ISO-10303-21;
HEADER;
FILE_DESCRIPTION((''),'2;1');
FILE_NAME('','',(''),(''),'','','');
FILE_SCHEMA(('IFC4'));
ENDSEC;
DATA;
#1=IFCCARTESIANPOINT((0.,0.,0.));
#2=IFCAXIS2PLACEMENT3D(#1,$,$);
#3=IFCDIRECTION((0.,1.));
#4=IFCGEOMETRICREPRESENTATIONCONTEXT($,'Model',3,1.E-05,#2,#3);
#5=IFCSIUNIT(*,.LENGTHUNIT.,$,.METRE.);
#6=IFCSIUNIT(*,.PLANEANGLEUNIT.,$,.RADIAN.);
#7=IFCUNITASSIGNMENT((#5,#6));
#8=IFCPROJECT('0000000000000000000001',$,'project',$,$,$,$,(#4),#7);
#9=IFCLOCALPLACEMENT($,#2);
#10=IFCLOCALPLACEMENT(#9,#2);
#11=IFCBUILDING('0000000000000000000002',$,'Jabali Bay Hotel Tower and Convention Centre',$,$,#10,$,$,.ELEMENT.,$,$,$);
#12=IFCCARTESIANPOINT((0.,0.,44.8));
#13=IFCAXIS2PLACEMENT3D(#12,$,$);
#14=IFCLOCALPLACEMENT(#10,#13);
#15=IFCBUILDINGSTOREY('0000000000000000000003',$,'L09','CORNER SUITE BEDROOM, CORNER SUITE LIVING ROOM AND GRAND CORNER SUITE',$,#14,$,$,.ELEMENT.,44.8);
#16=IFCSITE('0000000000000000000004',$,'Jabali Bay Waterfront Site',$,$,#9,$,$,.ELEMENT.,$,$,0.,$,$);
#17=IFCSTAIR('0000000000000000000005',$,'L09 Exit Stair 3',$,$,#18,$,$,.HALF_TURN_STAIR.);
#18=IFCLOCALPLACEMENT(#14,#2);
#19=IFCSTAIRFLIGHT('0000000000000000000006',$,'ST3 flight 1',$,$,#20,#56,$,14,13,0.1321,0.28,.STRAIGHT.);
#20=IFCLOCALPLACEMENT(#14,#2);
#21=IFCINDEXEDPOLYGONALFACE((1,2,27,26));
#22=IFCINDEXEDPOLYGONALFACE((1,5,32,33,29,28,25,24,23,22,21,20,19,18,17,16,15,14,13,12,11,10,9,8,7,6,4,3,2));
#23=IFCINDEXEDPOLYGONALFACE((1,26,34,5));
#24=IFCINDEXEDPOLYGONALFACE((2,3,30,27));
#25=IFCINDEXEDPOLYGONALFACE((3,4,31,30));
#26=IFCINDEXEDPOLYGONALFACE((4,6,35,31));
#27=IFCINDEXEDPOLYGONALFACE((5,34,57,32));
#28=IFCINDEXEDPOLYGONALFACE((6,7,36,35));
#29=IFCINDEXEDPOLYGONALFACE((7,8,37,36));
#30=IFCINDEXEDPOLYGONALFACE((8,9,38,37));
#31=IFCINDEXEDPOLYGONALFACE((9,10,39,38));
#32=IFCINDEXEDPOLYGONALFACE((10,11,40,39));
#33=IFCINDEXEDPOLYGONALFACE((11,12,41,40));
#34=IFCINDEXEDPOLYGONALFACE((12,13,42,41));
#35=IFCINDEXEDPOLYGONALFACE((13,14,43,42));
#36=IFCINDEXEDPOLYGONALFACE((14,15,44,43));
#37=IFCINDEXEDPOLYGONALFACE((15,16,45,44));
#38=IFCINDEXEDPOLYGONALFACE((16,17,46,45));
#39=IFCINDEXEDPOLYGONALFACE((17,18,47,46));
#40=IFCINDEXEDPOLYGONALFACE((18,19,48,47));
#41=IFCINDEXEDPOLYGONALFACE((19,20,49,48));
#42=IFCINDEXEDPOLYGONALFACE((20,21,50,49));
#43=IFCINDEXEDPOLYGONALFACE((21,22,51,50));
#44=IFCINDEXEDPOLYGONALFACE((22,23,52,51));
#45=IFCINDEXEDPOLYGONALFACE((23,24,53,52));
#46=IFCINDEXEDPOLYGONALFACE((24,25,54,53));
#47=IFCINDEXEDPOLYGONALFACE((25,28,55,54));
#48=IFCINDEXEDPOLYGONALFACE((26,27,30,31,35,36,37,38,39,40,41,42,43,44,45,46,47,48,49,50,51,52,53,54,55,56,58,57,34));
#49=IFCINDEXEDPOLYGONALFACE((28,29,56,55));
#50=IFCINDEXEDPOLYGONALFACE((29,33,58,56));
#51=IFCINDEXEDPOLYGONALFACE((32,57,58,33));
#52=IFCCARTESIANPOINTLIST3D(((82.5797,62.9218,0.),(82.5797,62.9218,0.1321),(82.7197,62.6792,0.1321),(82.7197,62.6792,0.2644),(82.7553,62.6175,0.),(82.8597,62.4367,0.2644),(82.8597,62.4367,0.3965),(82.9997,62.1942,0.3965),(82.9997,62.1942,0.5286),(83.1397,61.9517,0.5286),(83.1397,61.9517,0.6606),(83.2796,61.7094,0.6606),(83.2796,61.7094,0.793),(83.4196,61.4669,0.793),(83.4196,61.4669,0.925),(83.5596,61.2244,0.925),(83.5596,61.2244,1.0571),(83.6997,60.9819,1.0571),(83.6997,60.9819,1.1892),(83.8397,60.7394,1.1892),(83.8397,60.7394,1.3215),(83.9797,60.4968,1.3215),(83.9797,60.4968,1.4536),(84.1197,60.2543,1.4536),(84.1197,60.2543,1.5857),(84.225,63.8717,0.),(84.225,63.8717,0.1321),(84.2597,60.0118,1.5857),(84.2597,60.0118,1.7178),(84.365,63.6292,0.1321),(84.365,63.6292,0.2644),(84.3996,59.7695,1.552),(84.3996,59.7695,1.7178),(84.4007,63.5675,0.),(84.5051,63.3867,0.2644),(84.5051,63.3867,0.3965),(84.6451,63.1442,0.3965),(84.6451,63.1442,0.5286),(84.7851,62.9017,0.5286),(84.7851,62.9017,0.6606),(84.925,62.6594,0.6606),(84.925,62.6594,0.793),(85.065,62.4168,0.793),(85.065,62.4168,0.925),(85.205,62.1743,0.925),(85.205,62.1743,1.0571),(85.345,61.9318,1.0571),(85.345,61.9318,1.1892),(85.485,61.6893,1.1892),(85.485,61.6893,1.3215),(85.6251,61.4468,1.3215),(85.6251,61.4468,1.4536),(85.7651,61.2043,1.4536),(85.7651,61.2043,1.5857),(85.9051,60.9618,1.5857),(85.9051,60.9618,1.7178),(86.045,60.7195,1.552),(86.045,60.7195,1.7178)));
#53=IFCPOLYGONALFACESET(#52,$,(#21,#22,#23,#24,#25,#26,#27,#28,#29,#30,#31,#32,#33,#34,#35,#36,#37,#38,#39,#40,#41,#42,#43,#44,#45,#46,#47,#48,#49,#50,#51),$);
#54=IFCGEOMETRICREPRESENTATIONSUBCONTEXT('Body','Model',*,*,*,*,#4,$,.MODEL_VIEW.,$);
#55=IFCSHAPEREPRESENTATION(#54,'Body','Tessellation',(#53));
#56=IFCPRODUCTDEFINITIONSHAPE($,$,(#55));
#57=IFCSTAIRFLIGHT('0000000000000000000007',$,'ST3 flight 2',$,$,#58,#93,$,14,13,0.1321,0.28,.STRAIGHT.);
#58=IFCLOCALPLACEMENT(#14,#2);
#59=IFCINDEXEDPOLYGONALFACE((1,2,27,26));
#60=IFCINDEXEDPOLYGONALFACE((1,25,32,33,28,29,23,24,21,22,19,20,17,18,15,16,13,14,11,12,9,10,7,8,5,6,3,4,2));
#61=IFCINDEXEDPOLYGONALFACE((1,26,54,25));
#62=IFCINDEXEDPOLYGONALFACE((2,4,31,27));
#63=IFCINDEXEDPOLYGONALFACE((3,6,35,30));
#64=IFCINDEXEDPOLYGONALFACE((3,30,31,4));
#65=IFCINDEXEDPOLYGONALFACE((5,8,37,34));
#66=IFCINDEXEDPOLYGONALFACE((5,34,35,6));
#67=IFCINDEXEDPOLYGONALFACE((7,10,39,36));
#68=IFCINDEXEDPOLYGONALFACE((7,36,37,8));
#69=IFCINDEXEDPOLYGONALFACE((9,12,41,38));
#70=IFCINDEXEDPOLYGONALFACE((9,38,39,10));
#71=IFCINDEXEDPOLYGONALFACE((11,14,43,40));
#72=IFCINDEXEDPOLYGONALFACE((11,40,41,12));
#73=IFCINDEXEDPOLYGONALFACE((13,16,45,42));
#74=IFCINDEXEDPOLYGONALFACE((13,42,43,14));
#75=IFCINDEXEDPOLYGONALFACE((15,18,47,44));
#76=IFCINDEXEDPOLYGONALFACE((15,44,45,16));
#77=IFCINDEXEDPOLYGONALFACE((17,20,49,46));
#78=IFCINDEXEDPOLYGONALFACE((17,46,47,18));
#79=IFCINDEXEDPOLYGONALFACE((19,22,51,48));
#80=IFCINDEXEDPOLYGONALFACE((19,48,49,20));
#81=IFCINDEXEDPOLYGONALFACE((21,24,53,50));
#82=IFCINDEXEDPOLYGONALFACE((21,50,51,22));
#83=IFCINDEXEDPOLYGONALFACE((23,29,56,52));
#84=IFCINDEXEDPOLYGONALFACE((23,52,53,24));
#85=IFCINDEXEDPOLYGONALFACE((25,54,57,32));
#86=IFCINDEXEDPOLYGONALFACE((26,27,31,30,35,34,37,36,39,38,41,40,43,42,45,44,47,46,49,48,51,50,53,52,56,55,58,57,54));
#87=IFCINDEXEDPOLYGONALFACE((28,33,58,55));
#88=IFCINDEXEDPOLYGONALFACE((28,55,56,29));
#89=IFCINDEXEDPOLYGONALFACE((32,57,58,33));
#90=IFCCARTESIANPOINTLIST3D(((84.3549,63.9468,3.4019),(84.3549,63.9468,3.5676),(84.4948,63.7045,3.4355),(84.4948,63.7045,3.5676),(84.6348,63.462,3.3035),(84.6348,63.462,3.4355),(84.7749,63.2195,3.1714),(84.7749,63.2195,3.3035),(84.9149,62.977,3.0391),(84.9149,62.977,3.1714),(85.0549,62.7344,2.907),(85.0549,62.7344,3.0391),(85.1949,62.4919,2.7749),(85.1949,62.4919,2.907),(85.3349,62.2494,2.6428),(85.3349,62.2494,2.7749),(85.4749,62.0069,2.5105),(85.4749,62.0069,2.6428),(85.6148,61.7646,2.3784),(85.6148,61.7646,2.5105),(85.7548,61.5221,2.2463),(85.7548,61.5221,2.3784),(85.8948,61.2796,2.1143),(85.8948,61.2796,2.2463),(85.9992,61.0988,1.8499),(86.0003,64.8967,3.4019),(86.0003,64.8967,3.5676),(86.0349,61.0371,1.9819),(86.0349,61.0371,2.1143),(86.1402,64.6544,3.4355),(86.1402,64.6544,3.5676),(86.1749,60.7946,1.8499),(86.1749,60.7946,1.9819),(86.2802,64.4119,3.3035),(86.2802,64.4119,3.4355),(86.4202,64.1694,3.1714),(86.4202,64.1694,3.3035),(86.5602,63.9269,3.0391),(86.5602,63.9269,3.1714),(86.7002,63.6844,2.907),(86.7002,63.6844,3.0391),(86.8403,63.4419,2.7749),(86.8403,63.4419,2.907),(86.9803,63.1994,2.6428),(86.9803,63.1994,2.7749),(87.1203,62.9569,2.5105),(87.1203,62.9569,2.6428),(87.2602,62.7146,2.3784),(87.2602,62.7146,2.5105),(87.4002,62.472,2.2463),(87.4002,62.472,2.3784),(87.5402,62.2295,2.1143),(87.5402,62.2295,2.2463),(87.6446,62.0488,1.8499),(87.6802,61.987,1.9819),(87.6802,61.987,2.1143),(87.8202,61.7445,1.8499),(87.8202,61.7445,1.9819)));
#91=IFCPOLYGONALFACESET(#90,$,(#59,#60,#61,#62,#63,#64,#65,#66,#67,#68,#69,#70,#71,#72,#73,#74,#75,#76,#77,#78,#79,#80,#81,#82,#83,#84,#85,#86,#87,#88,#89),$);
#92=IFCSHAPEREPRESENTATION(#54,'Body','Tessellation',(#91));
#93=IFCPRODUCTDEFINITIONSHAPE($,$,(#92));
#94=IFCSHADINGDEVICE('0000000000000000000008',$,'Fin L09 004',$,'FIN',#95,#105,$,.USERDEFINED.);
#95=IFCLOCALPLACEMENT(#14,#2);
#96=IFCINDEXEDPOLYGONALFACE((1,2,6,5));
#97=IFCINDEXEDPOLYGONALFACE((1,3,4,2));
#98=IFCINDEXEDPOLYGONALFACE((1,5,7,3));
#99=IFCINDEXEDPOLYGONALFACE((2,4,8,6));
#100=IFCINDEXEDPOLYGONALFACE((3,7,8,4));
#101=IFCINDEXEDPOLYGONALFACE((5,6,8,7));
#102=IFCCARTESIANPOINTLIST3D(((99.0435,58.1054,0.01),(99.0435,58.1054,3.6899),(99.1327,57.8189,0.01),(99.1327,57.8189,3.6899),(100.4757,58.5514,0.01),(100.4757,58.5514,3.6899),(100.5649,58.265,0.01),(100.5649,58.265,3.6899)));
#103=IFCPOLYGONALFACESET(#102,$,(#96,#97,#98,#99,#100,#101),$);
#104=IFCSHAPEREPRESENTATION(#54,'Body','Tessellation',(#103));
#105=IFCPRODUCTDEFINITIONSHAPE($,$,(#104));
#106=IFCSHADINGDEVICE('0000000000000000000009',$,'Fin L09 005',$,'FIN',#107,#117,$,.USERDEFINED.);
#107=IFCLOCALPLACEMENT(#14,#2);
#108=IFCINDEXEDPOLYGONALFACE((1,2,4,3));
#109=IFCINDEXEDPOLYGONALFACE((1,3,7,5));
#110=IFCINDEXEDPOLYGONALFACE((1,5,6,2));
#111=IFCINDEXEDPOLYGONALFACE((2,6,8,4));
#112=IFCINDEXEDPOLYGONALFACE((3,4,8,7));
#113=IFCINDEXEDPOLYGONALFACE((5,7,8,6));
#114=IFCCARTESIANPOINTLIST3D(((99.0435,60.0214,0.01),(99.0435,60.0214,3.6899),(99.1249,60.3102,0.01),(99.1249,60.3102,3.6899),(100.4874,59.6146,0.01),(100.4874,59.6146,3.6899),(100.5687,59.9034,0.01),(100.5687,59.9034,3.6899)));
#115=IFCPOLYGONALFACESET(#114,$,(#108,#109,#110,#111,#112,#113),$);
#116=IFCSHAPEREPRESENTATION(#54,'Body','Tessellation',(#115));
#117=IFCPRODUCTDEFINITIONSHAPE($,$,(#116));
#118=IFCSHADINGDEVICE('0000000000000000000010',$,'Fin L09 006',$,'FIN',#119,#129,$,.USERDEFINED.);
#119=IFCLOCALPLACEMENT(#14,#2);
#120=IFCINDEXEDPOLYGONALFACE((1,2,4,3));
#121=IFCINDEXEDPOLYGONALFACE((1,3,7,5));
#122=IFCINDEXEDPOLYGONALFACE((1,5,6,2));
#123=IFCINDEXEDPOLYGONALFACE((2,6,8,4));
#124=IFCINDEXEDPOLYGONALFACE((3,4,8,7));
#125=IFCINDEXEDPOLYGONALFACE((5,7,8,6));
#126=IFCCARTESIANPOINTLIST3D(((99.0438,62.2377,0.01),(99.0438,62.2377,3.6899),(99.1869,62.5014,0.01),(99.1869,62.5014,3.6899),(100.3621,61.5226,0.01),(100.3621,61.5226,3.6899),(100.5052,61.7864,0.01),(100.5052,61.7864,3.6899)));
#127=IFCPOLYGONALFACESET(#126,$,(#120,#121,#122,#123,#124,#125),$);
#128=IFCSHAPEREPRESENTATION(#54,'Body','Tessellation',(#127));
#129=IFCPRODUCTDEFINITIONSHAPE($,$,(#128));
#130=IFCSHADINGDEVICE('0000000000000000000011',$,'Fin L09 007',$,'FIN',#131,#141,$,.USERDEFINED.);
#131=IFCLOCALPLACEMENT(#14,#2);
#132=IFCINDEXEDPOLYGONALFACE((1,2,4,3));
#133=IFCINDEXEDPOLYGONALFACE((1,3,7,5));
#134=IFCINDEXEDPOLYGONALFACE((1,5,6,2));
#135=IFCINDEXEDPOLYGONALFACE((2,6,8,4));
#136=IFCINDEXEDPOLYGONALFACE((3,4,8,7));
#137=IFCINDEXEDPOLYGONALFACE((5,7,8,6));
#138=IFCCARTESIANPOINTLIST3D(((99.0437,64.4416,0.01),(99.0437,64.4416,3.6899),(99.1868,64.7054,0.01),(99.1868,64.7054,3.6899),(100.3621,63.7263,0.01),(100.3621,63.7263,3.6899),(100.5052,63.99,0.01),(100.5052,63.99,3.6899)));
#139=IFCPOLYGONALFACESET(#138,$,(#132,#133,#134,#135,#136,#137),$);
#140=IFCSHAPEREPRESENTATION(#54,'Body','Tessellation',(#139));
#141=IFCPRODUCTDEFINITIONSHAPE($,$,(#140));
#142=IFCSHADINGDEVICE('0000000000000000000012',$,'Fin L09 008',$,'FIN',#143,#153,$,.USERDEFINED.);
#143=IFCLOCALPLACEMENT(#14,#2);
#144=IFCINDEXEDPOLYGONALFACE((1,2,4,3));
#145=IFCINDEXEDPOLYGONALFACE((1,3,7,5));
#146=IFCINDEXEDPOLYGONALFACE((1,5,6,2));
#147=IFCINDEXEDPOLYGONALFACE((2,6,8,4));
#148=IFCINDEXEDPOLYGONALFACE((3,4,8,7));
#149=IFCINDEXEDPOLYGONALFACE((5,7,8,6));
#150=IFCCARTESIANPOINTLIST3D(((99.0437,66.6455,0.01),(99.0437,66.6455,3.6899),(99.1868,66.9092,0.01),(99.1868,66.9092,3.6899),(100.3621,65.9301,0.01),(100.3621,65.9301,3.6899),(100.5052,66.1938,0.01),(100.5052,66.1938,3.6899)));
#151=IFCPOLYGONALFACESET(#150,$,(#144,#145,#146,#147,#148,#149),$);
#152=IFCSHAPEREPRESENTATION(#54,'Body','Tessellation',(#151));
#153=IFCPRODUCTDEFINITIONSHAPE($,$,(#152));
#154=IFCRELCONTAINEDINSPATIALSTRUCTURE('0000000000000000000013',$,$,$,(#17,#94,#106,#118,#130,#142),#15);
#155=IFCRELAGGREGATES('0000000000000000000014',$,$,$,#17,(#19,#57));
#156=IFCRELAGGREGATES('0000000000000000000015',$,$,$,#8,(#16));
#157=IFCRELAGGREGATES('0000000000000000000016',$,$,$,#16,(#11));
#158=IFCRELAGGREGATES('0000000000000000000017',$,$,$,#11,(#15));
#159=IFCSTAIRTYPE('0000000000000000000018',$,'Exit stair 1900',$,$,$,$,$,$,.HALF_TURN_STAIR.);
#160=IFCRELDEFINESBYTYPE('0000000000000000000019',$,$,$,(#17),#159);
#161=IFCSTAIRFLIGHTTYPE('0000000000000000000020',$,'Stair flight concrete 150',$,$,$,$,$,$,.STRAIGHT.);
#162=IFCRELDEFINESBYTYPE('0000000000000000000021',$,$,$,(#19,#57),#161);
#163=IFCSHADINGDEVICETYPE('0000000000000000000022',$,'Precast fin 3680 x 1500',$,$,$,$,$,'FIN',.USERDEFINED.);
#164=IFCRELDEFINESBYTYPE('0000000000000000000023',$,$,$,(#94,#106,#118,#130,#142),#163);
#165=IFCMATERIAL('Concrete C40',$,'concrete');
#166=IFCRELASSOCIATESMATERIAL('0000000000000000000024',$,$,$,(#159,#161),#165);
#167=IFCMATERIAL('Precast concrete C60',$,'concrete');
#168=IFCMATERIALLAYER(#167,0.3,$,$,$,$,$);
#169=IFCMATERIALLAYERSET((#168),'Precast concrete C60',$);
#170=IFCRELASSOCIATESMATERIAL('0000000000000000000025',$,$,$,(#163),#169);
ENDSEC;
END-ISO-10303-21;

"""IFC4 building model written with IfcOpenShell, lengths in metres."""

from ifc_helpers import new_model, si_unit, direction, frame, frame_2d, origin, place, context, subcontext, project, spatial, polyline, rectangle, outline, extrude, material, layer, layer_set, type_object, element, aggregate, save


model = new_model("IFC4")

# Units and contexts
model_context = context("Model", 3, precision=1e-05, world=origin(), true_north=direction((0.0, 1.0)))
body_context = subcontext(model_context, "Body", "Model", "MODEL_VIEW")
ifc_project = project(units=[si_unit("LENGTHUNIT", "METRE"), si_unit("PLANEANGLEUNIT", "RADIAN")], contexts=[model_context])

# Site, building, storey
site_placement = place(None, origin())
site = spatial("IfcSite", under=ifc_project, at=site_placement, Name="Jabali Bay Waterfront Site", CompositionType="ELEMENT", RefElevation=0.0)
building_placement = place(site_placement, origin())
building = spatial("IfcBuilding", under=site, at=building_placement, Name="Jabali Bay Hotel Tower and Convention Centre", CompositionType="ELEMENT")
storey_placement = place(building_placement, frame((0.0, 0.0, 44.8)))
storey = spatial("IfcBuildingStorey", under=building, at=storey_placement, Name="L09", Description="CORNER SUITE BEDROOM, CORNER SUITE LIVING ROOM AND GRAND CORNER SUITE", CompositionType="ELEMENT", Elevation=44.8)

# Shared definitions
ifc_material_1 = material(Name="Concrete C40", Category="concrete")

# Stair, stair flights
stair_type = type_object("IfcStairType", Name="Exit stair 1900", PredefinedType="HALF_TURN_STAIR", material=ifc_material_1)
stair_placement = place(storey_placement, origin())
stair = element("IfcStair", 1, at=stair_placement, inside=storey, type_object=stair_type, Name="L09 Exit Stair 3", PredefinedType="HALF_TURN_STAIR")
stair_flight_type = type_object("IfcStairFlightType", Name="Stair flight concrete 150", PredefinedType="STRAIGHT", material=ifc_material_1)
stair_flight_1_placement = place(storey_placement, frame((83.4023, 63.3967, 0.0), z_axis=(0.0, 0.0, 1.0), x_axis=(0.5, -0.866025, 0.0)))
stair_flight_1 = element("IfcStairFlight", 2, at=stair_flight_1_placement, type_object=stair_flight_type, Name="ST3 flight 1", NumberOfRisers=14, NumberOfTreads=13, PredefinedType="STRAIGHT", RiserHeight=0.1321, TreadLength=0.28, context=body_context, shape_type="SweptSolid", body=[
    extrude(outline(polyline([(0.0, 0.0), (0.0, 0.1321), (0.28, 0.1321), (0.28, 0.2644), (0.5601, 0.2644), (0.5601, 0.3965), (0.8401, 0.3965), (0.8401, 0.5286), (1.1201, 0.5286), (1.1201, 0.6606), (1.3999, 0.6606), (1.3999, 0.793), (1.6799, 0.793), (1.6799, 0.925), (1.96, 0.925), (1.96, 1.0571), (2.24, 1.0571), (2.24, 1.1892), (2.52, 1.1892), (2.52, 1.3215), (2.8, 1.3215), (2.8, 1.4536), (3.0801, 1.4536), (3.0801, 1.5857), (3.3601, 1.5857), (3.3601, 1.7178), (3.6399, 1.7178), (3.6399, 1.8501), (3.6399, 1.552), (0.3513, 0.0), (0.0, 0.0)])), frame((0.0, 0.95, 0.0), z_axis=(0.0, -1.0, 0.0), x_axis=(1.0, 0.0, 0.0)), (0.0, 0.0, 1.0), 1.8999),
])
stair_flight_2_placement = place(storey_placement, frame((86.9976, 61.2695, 1.8499), z_axis=(0.0, 0.0, 1.0), x_axis=(-0.5, 0.866025, 0.0)))
stair_flight_2 = element("IfcStairFlight", 3, at=stair_flight_2_placement, type_object=stair_flight_type, Name="ST3 flight 2", NumberOfRisers=14, NumberOfTreads=13, PredefinedType="STRAIGHT", RiserHeight=0.1321, TreadLength=0.28, context=body_context, shape_type="SweptSolid", body=[
    extrude(outline(polyline([(0.0, 0.0), (0.0, 0.1321), (0.28, 0.1321), (0.28, 0.2644), (0.5601, 0.2644), (0.5601, 0.3965), (0.8401, 0.3965), (0.8401, 0.5286), (1.1201, 0.5286), (1.1201, 0.6606), (1.3999, 0.6606), (1.3999, 0.793), (1.6799, 0.793), (1.6799, 0.925), (1.96, 0.925), (1.96, 1.0571), (2.24, 1.0571), (2.24, 1.1892), (2.52, 1.1892), (2.52, 1.3215), (2.8, 1.3215), (2.8, 1.4536), (3.0801, 1.4536), (3.0801, 1.5857), (3.3601, 1.5857), (3.3601, 1.7178), (3.6399, 1.7178), (3.6399, 1.8501), (3.6399, 1.552), (0.3513, 0.0), (0.0, 0.0)])), frame((0.0, 0.95, 0.0), z_axis=(0.0, -1.0, 0.0), x_axis=(1.0, 0.0, 0.0)), (0.0, 0.0, 1.0), 1.8999),
])
aggregate(stair, [stair_flight_1, stair_flight_2])

# Shading devices
ifc_material_2 = material(Name="Precast concrete C60", Category="concrete")
ifc_layer_1 = layer(ifc_material_2, 0.3)
ifc_layer_set_1 = layer_set([ifc_layer_1], Name="Precast concrete C60")
shading_device_type = type_object("IfcShadingDeviceType", Name="Precast fin 3680 x 1500", ElementType="FIN", PredefinedType="USERDEFINED", material=ifc_layer_set_1)
for number, where, z_axis, x_axis, name in (
    (4, (99.0881, 57.9622, 0.01), (0.0, 0.0, 1.0), (0.954763, 0.297367, 0.0), "Fin L09 004"),
    (5, (99.0842, 60.1658, 0.01), (0.0, 0.0, 1.0), (0.962537, -0.271151, 0.0), "Fin L09 005"),
):
    element("IfcShadingDevice", number, at=place(storey_placement, frame(where, z_axis=z_axis, x_axis=x_axis)), inside=storey, type_object=shading_device_type, Name=name, ObjectType="FIN", PredefinedType="USERDEFINED", context=body_context, shape_type="SweptSolid", body=[
        extrude(rectangle(XDim=1.5, YDim=0.3, at=frame_2d((0.75, 0.0))), origin(), (0.0, 0.0, 1.0), 3.6799),
    ])
shading_device_placement = place(storey_placement, frame((99.1152, 62.3696, 0.01), z_axis=(0.0, 0.0, 1.0), x_axis=(0.879019, -0.476786, 0.0)))
element("IfcShadingDevice", 6, at=shading_device_placement, inside=storey, type_object=shading_device_type, Name="Fin L09 006", ObjectType="FIN", PredefinedType="USERDEFINED", context=body_context, shape_type="SweptSolid", body=[
    extrude(rectangle(XDim=1.4998, YDim=0.3, at=frame_2d((0.75, 0.0))), origin(), (0.0, 0.0, 1.0), 3.6799),
])
for number, where, z_axis, x_axis, name in (
    (7, (99.1152, 64.5735, 0.01), (0.0, 0.0, 1.0), (0.878951, -0.476912, 0.0), "Fin L09 007"),
    (8, (99.1152, 66.7773, 0.01), (0.0, 0.0, 1.0), (0.878951, -0.476912, 0.0), "Fin L09 008"),
):
    element("IfcShadingDevice", number, at=place(storey_placement, frame(where, z_axis=z_axis, x_axis=x_axis)), inside=storey, type_object=shading_device_type, Name=name, ObjectType="FIN", PredefinedType="USERDEFINED", context=body_context, shape_type="SweptSolid", body=[
        extrude(rectangle(XDim=1.5, YDim=0.3, at=frame_2d((0.75, 0.0))), origin(), (0.0, 0.0, 1.0), 3.6799),
    ])

save(model, "model.ifc")
